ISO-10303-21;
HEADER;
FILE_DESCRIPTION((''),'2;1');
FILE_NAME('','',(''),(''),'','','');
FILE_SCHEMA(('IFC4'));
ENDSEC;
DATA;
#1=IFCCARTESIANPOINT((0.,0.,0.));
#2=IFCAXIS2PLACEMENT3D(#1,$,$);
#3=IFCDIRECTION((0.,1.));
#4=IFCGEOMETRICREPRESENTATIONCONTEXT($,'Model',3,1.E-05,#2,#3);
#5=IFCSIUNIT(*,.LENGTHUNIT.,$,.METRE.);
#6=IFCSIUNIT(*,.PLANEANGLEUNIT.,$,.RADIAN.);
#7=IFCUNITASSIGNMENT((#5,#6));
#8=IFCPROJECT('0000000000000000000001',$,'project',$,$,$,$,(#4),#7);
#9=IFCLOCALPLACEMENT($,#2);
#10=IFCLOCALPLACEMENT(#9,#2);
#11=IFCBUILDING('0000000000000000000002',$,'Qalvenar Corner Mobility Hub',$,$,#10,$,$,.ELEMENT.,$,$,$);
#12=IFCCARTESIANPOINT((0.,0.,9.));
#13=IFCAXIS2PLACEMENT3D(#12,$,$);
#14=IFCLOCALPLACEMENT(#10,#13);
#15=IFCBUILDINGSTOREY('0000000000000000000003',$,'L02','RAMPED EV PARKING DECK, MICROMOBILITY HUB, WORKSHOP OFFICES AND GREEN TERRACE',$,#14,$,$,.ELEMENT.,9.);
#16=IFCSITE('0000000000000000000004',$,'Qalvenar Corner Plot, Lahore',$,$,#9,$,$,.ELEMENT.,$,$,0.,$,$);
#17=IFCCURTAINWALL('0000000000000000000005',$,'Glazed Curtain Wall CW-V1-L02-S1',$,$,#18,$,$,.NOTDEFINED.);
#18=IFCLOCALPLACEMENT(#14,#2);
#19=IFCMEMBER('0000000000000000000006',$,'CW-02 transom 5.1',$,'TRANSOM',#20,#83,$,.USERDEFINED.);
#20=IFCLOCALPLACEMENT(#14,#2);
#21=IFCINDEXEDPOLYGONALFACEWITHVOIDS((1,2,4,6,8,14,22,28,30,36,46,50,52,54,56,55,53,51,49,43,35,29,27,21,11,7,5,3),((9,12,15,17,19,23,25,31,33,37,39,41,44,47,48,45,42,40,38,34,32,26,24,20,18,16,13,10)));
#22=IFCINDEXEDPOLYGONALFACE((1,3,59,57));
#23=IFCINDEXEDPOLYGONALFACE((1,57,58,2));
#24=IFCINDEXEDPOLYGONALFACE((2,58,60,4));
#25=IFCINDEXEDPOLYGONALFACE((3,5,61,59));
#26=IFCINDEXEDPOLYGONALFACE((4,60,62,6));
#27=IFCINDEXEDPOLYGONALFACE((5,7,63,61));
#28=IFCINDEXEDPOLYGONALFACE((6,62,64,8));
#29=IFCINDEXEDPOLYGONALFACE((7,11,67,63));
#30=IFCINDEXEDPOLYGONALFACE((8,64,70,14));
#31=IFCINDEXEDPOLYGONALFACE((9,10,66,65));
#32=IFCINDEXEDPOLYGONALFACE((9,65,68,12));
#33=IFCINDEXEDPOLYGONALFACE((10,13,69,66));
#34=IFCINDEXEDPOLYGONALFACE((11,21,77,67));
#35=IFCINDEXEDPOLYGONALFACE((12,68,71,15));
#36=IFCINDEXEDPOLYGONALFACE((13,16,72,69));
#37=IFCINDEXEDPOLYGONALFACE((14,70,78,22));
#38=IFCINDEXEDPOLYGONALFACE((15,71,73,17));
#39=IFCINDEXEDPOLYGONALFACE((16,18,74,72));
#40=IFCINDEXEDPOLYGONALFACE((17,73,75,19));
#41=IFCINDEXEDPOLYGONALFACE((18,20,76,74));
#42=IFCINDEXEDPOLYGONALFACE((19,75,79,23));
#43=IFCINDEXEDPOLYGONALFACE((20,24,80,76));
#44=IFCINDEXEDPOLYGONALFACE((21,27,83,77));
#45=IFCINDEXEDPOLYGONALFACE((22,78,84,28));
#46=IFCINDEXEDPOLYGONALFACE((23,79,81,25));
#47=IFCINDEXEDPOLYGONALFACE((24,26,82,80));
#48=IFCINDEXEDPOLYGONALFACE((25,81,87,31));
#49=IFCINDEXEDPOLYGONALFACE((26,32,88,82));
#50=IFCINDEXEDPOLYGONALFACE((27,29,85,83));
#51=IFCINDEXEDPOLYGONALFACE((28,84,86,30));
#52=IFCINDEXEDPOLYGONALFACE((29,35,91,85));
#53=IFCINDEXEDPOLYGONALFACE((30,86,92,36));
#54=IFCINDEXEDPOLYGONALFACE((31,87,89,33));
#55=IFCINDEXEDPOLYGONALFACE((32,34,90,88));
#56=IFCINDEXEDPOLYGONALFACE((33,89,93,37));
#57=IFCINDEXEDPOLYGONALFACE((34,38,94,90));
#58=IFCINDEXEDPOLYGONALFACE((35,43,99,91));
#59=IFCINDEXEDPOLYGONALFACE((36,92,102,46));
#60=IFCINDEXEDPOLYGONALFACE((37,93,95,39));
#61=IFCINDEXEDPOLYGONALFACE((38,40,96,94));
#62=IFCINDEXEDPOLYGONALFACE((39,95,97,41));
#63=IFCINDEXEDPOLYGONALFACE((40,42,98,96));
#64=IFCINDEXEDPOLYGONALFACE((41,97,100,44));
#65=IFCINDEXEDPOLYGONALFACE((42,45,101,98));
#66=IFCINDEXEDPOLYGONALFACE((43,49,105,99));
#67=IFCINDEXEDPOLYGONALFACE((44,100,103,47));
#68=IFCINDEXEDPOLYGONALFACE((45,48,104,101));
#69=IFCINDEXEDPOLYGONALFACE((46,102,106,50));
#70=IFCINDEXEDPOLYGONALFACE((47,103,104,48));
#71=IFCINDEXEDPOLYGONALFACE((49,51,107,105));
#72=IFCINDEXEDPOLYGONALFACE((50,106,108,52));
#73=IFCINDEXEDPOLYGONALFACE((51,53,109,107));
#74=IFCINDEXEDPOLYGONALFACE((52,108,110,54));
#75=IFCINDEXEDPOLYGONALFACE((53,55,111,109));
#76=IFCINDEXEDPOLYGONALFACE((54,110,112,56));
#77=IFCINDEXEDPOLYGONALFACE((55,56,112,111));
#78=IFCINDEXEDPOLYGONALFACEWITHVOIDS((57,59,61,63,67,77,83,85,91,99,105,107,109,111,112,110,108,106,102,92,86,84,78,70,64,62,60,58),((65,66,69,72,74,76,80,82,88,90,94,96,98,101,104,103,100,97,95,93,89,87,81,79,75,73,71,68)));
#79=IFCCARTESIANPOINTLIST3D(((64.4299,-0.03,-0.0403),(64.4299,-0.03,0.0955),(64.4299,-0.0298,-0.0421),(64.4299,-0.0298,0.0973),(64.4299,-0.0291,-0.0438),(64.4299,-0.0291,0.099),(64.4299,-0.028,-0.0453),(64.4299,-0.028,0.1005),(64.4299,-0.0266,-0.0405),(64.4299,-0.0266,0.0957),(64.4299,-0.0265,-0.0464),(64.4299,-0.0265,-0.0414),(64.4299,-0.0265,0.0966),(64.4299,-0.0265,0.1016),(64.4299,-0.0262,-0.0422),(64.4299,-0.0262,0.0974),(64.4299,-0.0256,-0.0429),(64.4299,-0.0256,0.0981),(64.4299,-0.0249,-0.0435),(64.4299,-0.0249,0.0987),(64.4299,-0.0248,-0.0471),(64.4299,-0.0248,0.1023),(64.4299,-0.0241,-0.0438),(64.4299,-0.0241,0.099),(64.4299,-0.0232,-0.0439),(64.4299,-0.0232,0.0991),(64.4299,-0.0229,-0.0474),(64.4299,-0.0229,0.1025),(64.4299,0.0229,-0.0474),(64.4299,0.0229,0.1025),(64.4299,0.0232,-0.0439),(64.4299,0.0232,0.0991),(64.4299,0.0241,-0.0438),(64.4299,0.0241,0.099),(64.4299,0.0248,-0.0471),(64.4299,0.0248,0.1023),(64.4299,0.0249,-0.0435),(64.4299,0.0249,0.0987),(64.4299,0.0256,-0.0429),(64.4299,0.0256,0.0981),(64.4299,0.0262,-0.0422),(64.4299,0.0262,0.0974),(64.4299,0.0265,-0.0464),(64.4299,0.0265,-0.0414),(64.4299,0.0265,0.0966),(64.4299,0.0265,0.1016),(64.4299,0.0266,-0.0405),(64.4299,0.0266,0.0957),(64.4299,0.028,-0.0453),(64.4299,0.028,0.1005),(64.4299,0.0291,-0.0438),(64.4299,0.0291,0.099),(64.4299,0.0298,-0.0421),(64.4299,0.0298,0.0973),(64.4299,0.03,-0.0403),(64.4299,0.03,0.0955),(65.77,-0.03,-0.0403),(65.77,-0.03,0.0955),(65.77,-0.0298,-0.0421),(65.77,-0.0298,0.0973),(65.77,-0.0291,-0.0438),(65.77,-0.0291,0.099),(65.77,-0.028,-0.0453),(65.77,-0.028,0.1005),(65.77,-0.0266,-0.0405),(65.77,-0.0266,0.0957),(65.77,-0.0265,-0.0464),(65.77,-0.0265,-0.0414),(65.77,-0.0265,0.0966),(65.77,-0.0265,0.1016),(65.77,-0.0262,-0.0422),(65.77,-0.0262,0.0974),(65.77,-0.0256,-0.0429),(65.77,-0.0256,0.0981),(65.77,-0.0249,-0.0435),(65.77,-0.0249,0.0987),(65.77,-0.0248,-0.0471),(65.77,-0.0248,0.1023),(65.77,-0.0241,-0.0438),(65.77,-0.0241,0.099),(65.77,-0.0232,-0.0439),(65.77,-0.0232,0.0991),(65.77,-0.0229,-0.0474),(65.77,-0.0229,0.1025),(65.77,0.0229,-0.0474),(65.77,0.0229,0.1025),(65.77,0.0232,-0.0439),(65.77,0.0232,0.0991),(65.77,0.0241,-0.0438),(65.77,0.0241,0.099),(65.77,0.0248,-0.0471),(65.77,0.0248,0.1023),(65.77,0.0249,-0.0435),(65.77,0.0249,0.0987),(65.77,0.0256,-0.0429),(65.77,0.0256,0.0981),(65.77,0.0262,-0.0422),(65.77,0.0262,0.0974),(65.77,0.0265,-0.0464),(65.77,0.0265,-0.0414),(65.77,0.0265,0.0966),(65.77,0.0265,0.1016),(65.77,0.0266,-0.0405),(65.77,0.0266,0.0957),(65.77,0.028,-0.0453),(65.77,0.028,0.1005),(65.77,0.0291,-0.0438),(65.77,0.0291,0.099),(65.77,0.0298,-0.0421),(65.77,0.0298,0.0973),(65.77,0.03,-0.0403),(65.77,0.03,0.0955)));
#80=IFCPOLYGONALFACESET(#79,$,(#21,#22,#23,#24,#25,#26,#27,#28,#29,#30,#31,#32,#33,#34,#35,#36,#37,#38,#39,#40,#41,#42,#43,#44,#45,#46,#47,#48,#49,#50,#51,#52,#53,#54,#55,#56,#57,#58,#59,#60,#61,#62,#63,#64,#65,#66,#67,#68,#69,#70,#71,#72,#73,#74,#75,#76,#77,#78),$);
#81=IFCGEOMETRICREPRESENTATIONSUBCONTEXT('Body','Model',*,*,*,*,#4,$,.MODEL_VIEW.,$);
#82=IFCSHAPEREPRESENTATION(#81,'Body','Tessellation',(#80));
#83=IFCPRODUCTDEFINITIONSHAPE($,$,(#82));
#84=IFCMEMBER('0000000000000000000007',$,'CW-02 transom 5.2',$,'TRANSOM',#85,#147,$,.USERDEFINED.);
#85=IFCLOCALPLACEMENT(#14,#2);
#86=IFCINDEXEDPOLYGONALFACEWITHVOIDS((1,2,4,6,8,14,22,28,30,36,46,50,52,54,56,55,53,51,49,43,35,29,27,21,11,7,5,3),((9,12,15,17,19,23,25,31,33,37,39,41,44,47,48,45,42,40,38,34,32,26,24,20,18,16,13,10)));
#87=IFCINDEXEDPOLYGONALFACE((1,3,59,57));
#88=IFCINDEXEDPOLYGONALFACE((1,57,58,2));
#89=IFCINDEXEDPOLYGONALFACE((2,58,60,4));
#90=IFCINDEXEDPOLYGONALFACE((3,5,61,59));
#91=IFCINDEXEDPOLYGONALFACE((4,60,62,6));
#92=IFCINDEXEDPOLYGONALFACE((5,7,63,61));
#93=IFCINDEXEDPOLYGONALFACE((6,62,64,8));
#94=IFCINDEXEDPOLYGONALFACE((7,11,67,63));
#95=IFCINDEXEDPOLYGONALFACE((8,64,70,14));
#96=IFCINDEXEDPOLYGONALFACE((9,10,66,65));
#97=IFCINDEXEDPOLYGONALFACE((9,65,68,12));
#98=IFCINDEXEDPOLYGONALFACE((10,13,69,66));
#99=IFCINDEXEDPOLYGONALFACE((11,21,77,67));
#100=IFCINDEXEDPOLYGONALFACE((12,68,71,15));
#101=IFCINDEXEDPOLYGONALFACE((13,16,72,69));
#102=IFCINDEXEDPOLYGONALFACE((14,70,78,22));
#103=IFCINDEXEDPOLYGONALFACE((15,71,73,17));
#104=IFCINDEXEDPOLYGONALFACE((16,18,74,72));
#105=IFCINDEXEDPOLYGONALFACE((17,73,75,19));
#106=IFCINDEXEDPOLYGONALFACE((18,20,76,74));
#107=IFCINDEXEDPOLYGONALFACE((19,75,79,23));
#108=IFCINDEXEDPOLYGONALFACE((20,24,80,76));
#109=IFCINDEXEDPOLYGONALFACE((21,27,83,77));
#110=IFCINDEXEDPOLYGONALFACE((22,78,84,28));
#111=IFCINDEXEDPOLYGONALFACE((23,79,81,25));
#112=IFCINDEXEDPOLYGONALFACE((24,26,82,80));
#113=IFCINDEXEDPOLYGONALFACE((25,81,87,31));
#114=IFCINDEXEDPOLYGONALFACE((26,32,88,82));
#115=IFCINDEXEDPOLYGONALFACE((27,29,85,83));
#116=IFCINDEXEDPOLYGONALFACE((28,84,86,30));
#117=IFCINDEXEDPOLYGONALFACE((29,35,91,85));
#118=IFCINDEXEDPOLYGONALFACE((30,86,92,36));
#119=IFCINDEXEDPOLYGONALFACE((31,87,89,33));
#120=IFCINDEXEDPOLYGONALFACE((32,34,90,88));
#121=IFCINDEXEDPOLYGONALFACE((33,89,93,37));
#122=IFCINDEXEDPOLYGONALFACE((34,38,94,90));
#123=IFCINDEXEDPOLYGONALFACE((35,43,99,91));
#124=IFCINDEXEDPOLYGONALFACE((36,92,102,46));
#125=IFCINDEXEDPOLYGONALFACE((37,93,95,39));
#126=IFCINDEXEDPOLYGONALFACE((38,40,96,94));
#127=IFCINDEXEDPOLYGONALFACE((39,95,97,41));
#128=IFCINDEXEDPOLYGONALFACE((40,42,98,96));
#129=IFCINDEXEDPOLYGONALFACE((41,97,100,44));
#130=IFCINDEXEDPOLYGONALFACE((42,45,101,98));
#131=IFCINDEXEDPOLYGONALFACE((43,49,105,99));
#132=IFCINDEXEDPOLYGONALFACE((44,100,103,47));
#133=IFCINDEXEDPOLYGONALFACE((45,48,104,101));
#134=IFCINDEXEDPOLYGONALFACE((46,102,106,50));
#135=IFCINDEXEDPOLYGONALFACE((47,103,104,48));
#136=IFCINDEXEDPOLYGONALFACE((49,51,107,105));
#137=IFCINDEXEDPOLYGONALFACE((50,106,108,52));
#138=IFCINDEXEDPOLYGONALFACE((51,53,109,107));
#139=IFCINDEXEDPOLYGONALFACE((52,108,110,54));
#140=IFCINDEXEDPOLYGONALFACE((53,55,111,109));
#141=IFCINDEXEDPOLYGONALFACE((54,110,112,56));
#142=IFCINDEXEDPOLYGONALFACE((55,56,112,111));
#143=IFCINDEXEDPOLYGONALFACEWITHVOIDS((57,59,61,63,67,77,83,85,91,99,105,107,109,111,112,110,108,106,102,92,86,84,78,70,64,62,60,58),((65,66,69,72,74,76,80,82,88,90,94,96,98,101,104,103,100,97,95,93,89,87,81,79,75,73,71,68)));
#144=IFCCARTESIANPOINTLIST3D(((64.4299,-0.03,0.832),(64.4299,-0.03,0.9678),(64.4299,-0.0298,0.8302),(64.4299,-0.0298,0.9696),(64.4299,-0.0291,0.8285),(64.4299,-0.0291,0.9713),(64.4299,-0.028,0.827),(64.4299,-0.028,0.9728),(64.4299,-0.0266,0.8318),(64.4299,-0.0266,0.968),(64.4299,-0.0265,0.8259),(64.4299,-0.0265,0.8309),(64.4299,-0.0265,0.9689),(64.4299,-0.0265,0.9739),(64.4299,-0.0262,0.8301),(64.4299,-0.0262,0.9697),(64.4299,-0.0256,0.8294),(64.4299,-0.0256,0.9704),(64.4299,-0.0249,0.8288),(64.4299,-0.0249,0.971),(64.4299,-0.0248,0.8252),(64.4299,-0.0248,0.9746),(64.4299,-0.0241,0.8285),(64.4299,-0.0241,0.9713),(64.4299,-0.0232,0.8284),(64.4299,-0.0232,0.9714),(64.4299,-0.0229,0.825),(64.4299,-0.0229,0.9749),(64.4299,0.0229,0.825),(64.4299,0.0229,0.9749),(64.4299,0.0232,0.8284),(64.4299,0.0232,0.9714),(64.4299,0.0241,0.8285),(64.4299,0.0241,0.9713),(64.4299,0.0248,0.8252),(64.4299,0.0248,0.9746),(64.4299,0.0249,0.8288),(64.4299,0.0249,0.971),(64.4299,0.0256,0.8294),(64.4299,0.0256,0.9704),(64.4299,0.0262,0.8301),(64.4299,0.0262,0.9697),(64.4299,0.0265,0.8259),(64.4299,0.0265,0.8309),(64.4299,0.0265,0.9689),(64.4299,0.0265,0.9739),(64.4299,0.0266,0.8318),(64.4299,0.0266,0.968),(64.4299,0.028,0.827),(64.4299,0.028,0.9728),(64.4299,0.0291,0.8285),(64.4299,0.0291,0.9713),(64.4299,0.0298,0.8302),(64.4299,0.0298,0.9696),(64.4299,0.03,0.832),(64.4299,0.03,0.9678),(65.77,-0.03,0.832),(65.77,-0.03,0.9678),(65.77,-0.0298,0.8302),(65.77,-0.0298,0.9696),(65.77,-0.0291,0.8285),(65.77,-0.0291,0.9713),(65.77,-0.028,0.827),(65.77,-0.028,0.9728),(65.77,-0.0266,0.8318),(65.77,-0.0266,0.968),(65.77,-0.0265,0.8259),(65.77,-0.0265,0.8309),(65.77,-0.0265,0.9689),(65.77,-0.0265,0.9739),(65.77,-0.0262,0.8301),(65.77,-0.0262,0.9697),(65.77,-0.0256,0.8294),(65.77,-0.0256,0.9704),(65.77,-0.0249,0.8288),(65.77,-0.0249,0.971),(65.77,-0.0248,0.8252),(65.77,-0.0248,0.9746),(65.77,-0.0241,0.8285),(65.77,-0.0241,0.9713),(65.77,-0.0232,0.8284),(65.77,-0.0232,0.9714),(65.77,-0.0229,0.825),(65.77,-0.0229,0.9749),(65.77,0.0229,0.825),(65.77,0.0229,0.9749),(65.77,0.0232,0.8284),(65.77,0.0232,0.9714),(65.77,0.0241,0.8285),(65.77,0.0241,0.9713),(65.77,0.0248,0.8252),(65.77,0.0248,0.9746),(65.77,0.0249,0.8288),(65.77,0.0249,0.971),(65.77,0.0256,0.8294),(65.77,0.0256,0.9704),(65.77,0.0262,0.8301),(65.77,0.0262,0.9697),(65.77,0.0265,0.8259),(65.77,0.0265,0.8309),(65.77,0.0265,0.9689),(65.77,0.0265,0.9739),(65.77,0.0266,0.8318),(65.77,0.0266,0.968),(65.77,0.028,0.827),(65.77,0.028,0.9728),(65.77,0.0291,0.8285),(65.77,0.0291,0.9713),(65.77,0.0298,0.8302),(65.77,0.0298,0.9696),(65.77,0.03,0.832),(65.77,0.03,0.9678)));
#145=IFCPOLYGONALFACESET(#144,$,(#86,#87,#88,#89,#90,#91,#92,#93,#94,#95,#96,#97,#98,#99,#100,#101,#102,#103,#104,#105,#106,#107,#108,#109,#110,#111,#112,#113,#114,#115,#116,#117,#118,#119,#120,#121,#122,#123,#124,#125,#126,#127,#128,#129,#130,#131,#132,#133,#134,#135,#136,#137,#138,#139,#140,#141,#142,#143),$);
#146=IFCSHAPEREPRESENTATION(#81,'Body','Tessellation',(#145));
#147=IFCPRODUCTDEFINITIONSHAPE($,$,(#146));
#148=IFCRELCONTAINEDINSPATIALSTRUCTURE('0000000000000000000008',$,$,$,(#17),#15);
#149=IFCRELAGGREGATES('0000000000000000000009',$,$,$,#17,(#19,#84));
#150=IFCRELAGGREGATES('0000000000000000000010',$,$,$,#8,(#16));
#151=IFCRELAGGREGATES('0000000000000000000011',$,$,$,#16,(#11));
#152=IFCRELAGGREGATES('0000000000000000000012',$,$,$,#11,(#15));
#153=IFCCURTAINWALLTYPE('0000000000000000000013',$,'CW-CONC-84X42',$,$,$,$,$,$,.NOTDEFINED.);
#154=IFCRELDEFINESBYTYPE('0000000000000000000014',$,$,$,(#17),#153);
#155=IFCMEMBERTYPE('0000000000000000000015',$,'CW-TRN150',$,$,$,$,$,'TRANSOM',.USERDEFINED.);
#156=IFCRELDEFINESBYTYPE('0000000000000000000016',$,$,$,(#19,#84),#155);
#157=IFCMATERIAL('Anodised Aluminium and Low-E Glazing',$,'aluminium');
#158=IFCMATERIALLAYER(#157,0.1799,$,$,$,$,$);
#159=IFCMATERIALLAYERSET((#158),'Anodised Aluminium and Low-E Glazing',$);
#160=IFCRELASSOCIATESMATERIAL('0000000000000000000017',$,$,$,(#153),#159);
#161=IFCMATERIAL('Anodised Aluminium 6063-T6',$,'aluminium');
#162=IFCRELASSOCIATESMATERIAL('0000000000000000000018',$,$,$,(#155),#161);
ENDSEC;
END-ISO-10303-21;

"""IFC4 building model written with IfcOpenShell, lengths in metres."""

from ifc_helpers import new_model, si_unit, direction, frame, origin, origin_2d, place, context, subcontext, project, spatial, hollow_rectangle, extrude, material, layer, layer_set, material_profile, profile_set, type_object, element, aggregate, save


model = new_model("IFC4")

# Units and contexts
model_context = context("Model", 3, precision=1e-05, world=origin(), true_north=direction((0.0, 1.0)))
body_context = subcontext(model_context, "Body", "Model", "MODEL_VIEW")
ifc_project = project(units=[si_unit("LENGTHUNIT", "METRE"), si_unit("PLANEANGLEUNIT", "RADIAN")], contexts=[model_context])

# Site, building, storey
site_placement = place(None, origin())
site = spatial("IfcSite", under=ifc_project, at=site_placement, Name="Qalvenar Corner Plot, Lahore", CompositionType="ELEMENT", RefElevation=0.0)
building_placement = place(site_placement, origin())
building = spatial("IfcBuilding", under=site, at=building_placement, Name="Qalvenar Corner Mobility Hub", CompositionType="ELEMENT")
storey_placement = place(building_placement, frame((0.0, 0.0, 9.0)))
storey = spatial("IfcBuildingStorey", under=building, at=storey_placement, Name="L02", Description="RAMPED EV PARKING DECK, MICROMOBILITY HUB, WORKSHOP OFFICES AND GREEN TERRACE", CompositionType="ELEMENT", Elevation=9.0)

# Curtain wall
ifc_material_1 = material(Name="Anodised Aluminium and Low-E Glazing", Category="aluminium")
ifc_layer_1 = layer(ifc_material_1, 0.1799)
ifc_layer_set_1 = layer_set([ifc_layer_1], Name="Anodised Aluminium and Low-E Glazing")
curtain_wall_type = type_object("IfcCurtainWallType", Name="CW-CONC-84X42", PredefinedType="NOTDEFINED", material=ifc_layer_set_1)
curtain_wall_1_placement = place(storey_placement, origin())
curtain_wall_1 = element("IfcCurtainWall", 1, at=curtain_wall_1_placement, inside=storey, type_object=curtain_wall_type, Name="Glazed Curtain Wall CW-V1-L02-S1", PredefinedType="NOTDEFINED")
ifc_material_2 = material(Name="Anodised Aluminium 6063-T6", Category="aluminium")

# Members
ifc_material_profile_1 = material_profile(ifc_material_2, hollow_rectangle(XDim=0.0601, YDim=0.1499, WallThickness=0.0034, InnerFilletRadius=0.0034, OuterFilletRadius=0.0071, at=origin_2d()), Name="RHS150x60x3.5")
ifc_profile_set_1 = profile_set([ifc_material_profile_1], Name="Anodised Aluminium 6063-T6")
member_type_1 = type_object("IfcMemberType", Name="CW-TRN150", ElementType="TRANSOM", PredefinedType="USERDEFINED", material=ifc_profile_set_1)
member_1_placement = place(storey_placement, frame((64.4299, 0.0, 0.0276), z_axis=(1.0, 0.0, 0.0), x_axis=(0.0, 1.0, 0.0)))
member_1 = element("IfcMember", 2, at=member_1_placement, type_object=member_type_1, Name="CW-02 transom 5.1", ObjectType="TRANSOM", PredefinedType="USERDEFINED", context=body_context, shape_type="SweptSolid", body=[
    extrude(hollow_rectangle(XDim=0.0601, YDim=0.1499, WallThickness=0.0034, InnerFilletRadius=0.0034, OuterFilletRadius=0.0071, at=origin_2d()), origin(), (0.0, 0.0, 1.0), 1.3401),
])
member_2_placement = place(storey_placement, frame((64.4299, 0.0, 0.8999), z_axis=(1.0, 0.0, 0.0), x_axis=(0.0, 1.0, 0.0)))
member_2 = element("IfcMember", 3, at=member_2_placement, type_object=member_type_1, Name="CW-02 transom 5.2", ObjectType="TRANSOM", PredefinedType="USERDEFINED", context=body_context, shape_type="SweptSolid", body=[
    extrude(hollow_rectangle(XDim=0.0601, YDim=0.1499, WallThickness=0.0034, InnerFilletRadius=0.0034, OuterFilletRadius=0.0071, at=origin_2d()), origin(), (0.0, 0.0, 1.0), 1.3401),
])

aggregate(curtain_wall_1, [member_1, member_2])

save(model, "model.ifc")
